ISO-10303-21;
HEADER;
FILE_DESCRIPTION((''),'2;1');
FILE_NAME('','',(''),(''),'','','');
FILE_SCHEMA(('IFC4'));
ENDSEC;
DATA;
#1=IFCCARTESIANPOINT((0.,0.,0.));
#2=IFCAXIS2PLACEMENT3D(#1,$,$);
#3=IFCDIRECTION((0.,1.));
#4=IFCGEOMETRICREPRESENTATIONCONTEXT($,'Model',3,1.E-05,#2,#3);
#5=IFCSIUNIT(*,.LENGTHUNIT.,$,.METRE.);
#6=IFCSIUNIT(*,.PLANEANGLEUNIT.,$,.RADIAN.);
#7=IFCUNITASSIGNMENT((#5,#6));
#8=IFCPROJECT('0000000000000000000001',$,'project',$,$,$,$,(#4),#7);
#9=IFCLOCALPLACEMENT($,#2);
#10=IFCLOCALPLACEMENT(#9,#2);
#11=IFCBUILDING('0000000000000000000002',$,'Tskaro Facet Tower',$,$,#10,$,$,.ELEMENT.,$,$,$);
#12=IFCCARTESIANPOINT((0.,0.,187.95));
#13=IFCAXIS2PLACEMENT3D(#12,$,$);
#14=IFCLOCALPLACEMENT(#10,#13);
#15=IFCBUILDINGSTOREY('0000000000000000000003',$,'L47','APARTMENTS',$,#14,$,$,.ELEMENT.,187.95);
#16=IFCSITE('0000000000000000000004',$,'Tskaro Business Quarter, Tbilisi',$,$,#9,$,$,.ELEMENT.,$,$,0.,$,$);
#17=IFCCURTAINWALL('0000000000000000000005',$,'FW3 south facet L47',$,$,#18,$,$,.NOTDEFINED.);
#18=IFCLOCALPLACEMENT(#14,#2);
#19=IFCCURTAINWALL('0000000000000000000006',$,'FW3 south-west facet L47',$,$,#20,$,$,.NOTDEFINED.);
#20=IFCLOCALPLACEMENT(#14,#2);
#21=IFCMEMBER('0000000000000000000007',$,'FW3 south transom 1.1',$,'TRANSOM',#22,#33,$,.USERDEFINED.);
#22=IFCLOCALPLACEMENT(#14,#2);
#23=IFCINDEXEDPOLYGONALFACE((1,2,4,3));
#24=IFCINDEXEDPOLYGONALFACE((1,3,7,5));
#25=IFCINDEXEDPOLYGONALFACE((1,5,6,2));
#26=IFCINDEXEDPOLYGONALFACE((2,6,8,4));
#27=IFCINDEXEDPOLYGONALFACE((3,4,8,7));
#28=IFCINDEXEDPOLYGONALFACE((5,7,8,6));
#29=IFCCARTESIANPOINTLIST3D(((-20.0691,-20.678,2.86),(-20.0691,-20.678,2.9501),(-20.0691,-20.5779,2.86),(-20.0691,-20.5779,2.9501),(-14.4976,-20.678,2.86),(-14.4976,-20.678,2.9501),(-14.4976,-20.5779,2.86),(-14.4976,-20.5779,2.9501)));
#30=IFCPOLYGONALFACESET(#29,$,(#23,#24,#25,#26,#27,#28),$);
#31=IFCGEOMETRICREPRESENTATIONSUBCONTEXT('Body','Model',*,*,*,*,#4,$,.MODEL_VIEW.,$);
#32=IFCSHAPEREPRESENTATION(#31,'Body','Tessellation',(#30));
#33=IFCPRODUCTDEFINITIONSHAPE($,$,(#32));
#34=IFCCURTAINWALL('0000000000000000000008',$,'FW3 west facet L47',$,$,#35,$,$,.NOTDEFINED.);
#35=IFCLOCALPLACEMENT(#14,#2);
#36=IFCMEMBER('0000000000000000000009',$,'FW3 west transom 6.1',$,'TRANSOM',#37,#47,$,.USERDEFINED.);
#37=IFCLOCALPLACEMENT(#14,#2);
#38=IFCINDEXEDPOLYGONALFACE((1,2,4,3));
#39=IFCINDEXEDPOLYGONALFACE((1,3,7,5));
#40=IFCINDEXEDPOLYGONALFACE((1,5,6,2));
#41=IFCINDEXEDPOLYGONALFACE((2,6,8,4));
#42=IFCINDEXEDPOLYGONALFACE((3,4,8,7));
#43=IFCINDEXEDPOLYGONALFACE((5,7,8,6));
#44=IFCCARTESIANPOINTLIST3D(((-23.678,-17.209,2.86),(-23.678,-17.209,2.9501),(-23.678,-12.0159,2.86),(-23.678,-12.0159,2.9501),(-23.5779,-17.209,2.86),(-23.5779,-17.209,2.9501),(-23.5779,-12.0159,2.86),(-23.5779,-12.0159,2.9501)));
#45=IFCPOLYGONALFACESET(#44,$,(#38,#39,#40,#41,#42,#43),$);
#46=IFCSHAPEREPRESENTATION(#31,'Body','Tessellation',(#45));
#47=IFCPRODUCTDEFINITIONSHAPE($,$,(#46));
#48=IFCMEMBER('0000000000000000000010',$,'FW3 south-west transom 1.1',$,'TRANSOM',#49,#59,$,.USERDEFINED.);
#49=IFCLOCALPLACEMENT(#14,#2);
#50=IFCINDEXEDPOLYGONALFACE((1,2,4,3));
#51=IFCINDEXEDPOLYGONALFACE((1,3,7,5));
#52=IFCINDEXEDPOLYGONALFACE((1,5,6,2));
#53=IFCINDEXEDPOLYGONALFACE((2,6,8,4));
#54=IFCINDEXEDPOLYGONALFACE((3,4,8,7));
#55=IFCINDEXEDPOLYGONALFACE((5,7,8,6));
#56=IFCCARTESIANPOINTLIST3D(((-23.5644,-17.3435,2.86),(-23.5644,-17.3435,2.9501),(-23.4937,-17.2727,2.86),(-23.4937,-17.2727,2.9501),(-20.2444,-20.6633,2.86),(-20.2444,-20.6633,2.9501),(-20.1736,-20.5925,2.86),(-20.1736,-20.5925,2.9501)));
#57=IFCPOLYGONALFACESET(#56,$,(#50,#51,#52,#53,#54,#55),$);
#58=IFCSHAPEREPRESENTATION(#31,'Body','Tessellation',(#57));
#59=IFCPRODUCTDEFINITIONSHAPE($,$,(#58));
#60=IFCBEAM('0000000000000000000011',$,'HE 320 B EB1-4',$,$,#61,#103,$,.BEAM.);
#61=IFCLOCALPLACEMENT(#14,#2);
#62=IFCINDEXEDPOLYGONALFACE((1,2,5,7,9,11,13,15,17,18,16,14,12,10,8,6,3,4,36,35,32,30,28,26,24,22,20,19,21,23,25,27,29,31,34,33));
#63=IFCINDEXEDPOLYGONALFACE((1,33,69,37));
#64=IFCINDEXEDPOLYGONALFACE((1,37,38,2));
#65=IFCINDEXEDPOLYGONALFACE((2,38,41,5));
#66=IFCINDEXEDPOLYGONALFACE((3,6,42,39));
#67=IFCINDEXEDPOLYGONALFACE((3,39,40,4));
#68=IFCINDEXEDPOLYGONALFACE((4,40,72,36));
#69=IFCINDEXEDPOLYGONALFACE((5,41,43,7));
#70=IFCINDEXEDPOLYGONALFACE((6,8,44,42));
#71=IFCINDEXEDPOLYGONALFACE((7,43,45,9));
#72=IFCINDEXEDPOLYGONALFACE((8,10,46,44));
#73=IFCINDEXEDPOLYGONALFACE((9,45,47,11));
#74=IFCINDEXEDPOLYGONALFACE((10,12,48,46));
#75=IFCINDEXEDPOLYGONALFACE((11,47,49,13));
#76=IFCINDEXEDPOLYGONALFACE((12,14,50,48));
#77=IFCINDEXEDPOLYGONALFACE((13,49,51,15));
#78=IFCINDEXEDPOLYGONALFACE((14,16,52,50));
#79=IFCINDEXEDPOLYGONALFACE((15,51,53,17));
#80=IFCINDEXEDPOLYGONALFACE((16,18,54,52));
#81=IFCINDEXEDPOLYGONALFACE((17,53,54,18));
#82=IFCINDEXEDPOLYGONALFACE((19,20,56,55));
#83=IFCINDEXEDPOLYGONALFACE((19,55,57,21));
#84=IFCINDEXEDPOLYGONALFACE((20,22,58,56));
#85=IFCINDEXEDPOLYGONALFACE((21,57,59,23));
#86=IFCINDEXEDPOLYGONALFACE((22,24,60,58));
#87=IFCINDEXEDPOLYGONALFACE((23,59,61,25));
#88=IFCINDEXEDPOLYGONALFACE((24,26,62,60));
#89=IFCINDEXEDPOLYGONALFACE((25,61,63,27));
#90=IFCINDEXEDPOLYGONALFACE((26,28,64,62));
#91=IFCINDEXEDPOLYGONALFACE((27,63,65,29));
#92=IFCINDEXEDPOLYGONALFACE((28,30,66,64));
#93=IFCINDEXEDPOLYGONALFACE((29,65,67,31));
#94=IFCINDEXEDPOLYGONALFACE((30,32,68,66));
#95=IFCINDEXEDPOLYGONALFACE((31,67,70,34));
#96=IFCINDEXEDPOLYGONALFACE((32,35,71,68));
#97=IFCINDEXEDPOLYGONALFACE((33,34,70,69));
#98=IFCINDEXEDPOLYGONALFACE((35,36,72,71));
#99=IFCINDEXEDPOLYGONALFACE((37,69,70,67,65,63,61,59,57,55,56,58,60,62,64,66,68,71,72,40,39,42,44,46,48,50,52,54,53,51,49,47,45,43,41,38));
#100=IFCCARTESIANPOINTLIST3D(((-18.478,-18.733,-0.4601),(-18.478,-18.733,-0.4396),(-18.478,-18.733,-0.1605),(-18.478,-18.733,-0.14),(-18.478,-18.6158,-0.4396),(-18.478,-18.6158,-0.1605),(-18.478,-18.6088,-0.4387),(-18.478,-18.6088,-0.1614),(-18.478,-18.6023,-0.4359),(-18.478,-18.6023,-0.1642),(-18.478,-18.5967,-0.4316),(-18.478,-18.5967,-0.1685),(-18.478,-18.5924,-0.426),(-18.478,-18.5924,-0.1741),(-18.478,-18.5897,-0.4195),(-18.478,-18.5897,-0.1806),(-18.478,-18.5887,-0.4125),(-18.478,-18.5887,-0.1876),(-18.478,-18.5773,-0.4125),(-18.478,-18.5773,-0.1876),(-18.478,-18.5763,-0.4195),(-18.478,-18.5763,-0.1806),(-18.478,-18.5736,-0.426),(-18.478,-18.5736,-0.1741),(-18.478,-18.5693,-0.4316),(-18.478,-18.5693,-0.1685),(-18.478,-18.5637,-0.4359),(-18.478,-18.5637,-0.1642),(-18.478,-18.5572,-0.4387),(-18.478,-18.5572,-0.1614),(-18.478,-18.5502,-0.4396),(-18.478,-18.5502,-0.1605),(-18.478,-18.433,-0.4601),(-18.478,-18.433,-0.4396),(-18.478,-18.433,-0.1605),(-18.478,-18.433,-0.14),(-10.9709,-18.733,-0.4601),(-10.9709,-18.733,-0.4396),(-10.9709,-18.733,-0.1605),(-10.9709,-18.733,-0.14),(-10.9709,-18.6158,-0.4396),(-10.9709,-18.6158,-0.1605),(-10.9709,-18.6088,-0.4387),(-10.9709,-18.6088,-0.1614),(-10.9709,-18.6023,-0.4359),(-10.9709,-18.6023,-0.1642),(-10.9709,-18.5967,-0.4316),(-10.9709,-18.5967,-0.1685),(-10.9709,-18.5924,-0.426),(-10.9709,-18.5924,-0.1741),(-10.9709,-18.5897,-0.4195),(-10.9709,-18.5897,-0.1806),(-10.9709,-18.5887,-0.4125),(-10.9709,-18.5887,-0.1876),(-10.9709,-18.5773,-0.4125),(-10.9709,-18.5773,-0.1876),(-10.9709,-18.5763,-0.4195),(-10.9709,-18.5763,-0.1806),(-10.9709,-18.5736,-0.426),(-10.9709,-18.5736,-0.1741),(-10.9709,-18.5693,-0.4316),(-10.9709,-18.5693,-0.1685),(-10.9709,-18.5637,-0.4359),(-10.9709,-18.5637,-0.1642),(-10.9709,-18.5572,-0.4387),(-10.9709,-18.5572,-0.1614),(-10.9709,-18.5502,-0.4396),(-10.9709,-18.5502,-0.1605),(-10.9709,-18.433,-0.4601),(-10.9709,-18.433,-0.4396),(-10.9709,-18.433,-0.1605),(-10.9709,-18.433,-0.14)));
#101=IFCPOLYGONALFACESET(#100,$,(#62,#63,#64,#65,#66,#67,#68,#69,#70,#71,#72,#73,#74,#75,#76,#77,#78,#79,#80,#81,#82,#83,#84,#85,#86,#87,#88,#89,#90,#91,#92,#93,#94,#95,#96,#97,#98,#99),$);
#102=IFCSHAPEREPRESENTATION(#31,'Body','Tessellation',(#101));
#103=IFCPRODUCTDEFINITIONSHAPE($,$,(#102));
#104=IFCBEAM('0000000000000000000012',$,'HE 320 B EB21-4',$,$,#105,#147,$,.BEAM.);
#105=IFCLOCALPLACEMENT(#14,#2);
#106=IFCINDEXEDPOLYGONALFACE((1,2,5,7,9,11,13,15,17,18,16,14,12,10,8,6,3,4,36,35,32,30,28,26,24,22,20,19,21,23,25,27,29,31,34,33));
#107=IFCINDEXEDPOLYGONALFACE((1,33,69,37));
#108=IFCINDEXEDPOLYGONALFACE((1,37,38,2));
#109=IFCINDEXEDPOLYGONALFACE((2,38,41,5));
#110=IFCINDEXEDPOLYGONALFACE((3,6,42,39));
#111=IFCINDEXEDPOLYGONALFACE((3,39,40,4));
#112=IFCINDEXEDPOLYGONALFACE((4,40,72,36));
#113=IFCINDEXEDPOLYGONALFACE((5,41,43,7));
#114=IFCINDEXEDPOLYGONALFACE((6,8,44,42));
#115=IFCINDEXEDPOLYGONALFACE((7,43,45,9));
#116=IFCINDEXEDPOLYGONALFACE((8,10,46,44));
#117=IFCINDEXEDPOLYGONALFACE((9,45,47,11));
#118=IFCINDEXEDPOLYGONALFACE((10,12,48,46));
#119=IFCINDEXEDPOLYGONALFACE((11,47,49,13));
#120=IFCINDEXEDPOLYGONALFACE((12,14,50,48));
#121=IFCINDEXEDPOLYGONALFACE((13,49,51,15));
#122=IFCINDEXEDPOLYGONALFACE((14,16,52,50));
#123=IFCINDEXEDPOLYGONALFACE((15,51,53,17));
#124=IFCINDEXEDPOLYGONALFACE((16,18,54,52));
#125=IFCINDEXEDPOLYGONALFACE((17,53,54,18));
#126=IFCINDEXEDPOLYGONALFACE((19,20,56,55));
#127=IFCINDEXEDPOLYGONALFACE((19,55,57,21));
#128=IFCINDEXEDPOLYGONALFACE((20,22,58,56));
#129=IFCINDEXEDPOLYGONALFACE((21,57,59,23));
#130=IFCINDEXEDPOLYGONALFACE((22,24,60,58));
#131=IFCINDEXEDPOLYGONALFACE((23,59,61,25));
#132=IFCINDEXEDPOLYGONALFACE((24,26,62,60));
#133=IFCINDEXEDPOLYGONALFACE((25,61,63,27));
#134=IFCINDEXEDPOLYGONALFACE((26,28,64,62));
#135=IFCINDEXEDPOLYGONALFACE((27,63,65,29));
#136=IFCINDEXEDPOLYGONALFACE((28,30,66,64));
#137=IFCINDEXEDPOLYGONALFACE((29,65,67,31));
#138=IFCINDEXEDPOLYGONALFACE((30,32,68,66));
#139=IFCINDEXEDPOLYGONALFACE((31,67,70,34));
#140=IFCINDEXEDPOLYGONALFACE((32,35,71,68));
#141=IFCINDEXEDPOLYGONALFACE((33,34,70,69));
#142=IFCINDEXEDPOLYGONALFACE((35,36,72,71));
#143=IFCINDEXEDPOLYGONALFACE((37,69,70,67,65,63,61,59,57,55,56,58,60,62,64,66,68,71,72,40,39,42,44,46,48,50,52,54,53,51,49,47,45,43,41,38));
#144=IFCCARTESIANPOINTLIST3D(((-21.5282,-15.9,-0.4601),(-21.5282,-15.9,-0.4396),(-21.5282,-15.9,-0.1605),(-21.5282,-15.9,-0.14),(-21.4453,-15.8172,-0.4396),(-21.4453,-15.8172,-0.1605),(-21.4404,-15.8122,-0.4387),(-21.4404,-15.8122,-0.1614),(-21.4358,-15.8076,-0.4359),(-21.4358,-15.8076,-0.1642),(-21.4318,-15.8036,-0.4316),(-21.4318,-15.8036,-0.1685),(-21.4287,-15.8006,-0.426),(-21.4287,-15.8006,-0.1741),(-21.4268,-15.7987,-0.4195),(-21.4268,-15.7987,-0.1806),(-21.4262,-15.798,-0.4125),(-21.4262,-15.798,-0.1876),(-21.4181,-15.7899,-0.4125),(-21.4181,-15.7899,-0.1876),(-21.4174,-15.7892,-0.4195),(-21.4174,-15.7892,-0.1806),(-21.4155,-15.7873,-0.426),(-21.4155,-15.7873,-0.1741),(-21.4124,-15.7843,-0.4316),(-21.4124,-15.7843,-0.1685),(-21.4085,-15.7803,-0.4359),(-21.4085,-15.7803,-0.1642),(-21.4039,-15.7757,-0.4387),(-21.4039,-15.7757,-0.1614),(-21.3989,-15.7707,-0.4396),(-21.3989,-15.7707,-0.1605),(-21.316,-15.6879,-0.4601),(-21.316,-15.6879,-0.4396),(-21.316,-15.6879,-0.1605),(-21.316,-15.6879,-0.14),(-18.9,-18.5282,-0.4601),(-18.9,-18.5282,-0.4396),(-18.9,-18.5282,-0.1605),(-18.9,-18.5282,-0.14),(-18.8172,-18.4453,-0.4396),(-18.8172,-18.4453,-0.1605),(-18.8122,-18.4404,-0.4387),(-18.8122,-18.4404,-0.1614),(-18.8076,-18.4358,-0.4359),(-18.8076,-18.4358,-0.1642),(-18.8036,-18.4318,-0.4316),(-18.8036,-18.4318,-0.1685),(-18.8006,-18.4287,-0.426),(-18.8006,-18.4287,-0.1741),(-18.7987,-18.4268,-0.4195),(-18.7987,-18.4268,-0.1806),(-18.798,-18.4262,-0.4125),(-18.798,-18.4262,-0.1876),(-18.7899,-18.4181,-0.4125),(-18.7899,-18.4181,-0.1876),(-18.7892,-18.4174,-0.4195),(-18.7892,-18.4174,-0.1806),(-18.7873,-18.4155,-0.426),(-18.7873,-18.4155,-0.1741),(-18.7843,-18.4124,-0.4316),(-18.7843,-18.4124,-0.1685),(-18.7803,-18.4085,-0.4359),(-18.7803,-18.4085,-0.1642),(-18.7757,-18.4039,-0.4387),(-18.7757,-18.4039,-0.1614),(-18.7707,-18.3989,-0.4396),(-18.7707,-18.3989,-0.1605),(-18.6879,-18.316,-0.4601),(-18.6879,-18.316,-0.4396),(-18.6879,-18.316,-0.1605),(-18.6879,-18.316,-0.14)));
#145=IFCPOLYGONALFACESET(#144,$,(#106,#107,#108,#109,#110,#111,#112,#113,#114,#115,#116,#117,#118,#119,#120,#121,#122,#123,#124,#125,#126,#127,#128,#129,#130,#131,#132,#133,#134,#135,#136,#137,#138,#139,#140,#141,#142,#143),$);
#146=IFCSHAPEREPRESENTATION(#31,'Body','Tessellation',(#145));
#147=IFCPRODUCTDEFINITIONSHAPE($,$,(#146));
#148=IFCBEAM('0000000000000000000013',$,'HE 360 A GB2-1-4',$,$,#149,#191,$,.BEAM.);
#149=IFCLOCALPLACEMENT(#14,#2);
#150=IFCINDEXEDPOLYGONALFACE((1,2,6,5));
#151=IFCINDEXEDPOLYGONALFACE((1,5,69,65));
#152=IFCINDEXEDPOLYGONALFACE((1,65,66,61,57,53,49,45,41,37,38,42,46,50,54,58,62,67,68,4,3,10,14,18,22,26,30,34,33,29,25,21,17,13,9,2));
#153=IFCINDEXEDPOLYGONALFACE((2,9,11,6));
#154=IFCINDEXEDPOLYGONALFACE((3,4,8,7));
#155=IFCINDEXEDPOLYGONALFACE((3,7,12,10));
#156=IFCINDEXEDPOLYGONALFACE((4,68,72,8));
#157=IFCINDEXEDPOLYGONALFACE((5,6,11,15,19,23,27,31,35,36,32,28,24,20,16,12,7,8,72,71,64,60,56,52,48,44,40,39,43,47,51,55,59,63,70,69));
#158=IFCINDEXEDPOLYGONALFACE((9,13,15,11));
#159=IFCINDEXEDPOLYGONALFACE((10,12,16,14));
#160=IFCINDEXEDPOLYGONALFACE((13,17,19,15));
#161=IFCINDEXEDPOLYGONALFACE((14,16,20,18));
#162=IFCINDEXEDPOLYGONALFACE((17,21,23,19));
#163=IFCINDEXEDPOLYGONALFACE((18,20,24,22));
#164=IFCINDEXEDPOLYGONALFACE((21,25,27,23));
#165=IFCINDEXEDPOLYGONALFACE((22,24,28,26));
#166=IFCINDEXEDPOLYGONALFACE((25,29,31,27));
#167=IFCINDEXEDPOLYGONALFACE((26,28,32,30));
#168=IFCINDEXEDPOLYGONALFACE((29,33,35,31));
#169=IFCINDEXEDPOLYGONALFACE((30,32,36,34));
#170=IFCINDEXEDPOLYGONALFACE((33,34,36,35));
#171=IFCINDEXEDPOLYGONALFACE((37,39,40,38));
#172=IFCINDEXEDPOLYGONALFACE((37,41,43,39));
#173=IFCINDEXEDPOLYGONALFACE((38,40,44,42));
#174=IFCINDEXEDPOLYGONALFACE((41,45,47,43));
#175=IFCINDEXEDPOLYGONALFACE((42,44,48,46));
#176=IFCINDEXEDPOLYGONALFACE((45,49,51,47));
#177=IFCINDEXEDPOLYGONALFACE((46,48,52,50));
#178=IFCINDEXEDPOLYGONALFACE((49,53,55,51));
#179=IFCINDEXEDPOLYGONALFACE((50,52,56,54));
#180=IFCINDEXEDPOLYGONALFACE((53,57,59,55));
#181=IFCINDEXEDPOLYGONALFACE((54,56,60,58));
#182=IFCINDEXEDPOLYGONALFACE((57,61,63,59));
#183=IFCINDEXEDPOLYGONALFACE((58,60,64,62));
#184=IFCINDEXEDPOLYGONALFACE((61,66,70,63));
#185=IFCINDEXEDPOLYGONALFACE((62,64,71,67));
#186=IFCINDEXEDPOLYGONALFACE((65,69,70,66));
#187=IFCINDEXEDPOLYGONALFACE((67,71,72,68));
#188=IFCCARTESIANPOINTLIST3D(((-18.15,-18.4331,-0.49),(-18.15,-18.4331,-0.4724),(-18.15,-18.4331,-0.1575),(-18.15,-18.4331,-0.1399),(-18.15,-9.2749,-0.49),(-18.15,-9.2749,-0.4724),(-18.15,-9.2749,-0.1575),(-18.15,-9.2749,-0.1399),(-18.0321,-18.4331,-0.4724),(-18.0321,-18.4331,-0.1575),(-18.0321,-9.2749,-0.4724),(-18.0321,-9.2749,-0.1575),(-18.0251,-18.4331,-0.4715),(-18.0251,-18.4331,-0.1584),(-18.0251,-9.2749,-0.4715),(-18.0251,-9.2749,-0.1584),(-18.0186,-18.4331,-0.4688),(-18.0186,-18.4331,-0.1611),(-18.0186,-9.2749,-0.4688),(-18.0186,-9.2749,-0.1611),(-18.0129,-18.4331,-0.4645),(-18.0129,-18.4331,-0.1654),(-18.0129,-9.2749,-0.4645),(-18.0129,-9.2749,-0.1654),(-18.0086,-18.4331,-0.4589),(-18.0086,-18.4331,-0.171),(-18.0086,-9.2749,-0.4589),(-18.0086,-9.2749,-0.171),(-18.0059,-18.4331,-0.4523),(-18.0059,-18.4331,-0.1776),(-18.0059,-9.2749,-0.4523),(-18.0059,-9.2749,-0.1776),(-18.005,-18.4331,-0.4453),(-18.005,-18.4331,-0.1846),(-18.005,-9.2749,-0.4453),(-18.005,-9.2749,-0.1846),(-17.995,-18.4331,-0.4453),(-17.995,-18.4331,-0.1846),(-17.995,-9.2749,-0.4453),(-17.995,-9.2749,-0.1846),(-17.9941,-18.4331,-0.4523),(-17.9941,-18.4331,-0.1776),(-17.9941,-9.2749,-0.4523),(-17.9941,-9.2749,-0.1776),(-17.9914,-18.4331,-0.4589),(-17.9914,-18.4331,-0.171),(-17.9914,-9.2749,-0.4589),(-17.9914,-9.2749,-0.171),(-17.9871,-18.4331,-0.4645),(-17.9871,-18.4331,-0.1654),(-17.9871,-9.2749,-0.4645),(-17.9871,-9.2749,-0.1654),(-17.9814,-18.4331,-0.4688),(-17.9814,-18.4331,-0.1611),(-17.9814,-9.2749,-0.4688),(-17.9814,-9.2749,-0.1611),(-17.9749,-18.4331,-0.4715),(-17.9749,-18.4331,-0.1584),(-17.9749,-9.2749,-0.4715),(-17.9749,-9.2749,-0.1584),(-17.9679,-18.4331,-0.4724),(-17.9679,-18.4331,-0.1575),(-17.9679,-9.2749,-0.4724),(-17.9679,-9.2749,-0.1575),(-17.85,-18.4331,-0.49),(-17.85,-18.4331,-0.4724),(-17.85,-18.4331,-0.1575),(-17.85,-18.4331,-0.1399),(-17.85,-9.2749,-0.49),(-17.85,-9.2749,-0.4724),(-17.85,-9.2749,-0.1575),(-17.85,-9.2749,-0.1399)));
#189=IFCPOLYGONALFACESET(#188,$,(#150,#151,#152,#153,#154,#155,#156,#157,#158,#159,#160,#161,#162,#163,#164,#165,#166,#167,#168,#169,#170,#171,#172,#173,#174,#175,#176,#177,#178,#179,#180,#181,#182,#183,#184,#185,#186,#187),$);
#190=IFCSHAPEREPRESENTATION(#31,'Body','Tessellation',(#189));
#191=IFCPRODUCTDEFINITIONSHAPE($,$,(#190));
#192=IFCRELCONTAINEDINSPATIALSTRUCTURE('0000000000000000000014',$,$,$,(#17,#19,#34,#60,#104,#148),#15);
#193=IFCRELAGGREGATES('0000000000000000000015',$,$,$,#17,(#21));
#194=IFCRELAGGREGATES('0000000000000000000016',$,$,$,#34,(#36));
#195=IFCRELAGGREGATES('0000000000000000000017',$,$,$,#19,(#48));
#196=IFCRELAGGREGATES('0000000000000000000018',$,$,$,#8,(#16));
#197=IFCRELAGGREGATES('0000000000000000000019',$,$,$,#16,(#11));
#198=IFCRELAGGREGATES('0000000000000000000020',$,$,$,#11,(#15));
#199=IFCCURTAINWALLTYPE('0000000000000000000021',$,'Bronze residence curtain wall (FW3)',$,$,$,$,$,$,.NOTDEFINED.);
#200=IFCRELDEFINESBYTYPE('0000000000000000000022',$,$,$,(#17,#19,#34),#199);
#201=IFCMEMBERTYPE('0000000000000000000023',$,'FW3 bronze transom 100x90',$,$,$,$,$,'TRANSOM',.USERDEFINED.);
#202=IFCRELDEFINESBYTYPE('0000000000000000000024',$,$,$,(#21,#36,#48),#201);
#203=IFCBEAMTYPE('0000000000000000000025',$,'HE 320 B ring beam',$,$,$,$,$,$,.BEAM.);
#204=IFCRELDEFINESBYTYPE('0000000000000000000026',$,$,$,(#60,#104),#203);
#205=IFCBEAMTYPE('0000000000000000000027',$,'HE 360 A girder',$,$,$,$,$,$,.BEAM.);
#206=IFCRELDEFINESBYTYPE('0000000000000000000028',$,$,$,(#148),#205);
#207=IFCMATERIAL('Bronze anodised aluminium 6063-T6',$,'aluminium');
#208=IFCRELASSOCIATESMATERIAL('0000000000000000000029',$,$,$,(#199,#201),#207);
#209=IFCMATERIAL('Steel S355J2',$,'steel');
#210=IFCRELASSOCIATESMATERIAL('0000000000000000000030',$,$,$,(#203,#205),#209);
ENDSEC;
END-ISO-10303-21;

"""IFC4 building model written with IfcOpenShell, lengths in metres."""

from ifc_helpers import new_model, si_unit, direction, frame, origin, origin_2d, place, context, subcontext, project, spatial, rectangle, i_section, extrude, material, material_profile, profile_set, type_object, element, aggregate, save


model = new_model("IFC4")

# Units and contexts
model_context = context("Model", 3, precision=1e-05, world=origin(), true_north=direction((0.0, 1.0)))
body_context = subcontext(model_context, "Body", "Model", "MODEL_VIEW")
ifc_project = project(units=[si_unit("LENGTHUNIT", "METRE"), si_unit("PLANEANGLEUNIT", "RADIAN")], contexts=[model_context])

# Site, building, storey
site_placement = place(None, origin())
site = spatial("IfcSite", under=ifc_project, at=site_placement, Name="Tskaro Business Quarter, Tbilisi", CompositionType="ELEMENT", RefElevation=0.0)
building_placement = place(site_placement, origin())
building = spatial("IfcBuilding", under=site, at=building_placement, Name="Tskaro Facet Tower", CompositionType="ELEMENT")
storey_placement = place(building_placement, frame((0.0, 0.0, 187.95)))
storey = spatial("IfcBuildingStorey", under=building, at=storey_placement, Name="L47", Description="APARTMENTS", CompositionType="ELEMENT", Elevation=187.95)

# Curtain walls
ifc_material_1 = material(Name="Bronze anodised aluminium 6063-T6", Category="aluminium")
curtain_wall_type = type_object("IfcCurtainWallType", Name="Bronze residence curtain wall (FW3)", PredefinedType="NOTDEFINED", material=ifc_material_1)
curtain_wall_1_placement = place(storey_placement, origin())
curtain_wall_1 = element("IfcCurtainWall", 1, at=curtain_wall_1_placement, inside=storey, type_object=curtain_wall_type, Name="FW3 south facet L47", PredefinedType="NOTDEFINED")
curtain_wall_2_placement = place(storey_placement, origin())
curtain_wall_2 = element("IfcCurtainWall", 2, at=curtain_wall_2_placement, inside=storey, type_object=curtain_wall_type, Name="FW3 south-west facet L47", PredefinedType="NOTDEFINED")

# Member
ifc_material_profile_1 = material_profile(ifc_material_1, rectangle(XDim=0.1001, YDim=0.0901, at=origin_2d()), Name="Transom 100x90")
ifc_profile_set_1 = profile_set([ifc_material_profile_1], Name="Bronze anodised aluminium 6063-T6")
member_type_1 = type_object("IfcMemberType", Name="FW3 bronze transom 100x90", ElementType="TRANSOM", PredefinedType="USERDEFINED", material=ifc_profile_set_1)
member_1_placement = place(storey_placement, frame((-20.0691, -20.6279, 2.905), z_axis=(1.0, 0.0, 0.0), x_axis=(0.0, 1.0, 0.0)))
member_1 = element("IfcMember", 3, at=member_1_placement, type_object=member_type_1, Name="FW3 south transom 1.1", ObjectType="TRANSOM", PredefinedType="USERDEFINED", context=body_context, shape_type="SweptSolid", body=[
    extrude(rectangle(XDim=0.1001, YDim=0.0901, at=origin_2d()), origin(), (0.0, 0.0, 1.0), 5.5715),
])
aggregate(curtain_wall_1, [member_1])

# Curtain wall, member
curtain_wall_3_placement = place(storey_placement, origin())
curtain_wall_3 = element("IfcCurtainWall", 4, at=curtain_wall_3_placement, inside=storey, type_object=curtain_wall_type, Name="FW3 west facet L47", PredefinedType="NOTDEFINED")
member_2_placement = place(storey_placement, frame((-23.6279, -12.0159, 2.905), z_axis=(0.0, -1.0, 0.0), x_axis=(1.0, 0.0, 0.0)))
member_2 = element("IfcMember", 5, at=member_2_placement, type_object=member_type_1, Name="FW3 west transom 6.1", ObjectType="TRANSOM", PredefinedType="USERDEFINED", context=body_context, shape_type="SweptSolid", body=[
    extrude(rectangle(XDim=0.1001, YDim=0.0901, at=origin_2d()), origin(), (0.0, 0.0, 1.0), 5.1931),
])

# Member
member_3_placement = place(storey_placement, frame((-23.5291, -17.3081, 2.905), z_axis=(0.707133, -0.707081, 0.0), x_axis=(0.707081, 0.707133, 0.0)))
member_3 = element("IfcMember", 6, at=member_3_placement, type_object=member_type_1, Name="FW3 south-west transom 1.1", ObjectType="TRANSOM", PredefinedType="USERDEFINED", context=body_context, shape_type="SweptSolid", body=[
    extrude(rectangle(XDim=0.1001, YDim=0.0901, at=origin_2d()), origin(), (0.0, 0.0, 1.0), 4.6951),
])

# Beams
ifc_material_2 = material(Name="Steel S355J2", Category="steel")
ifc_material_profile_2 = material_profile(ifc_material_2, i_section(OverallWidth=0.3, OverallDepth=0.3201, WebThickness=0.0115, FlangeThickness=0.0205, FilletRadius=0.0271, at=origin_2d()), Name="HE 320 B")
ifc_profile_set_2 = profile_set([ifc_material_profile_2], Name="Steel S355J2")
beam_type_1 = type_object("IfcBeamType", Name="HE 320 B ring beam", PredefinedType="BEAM", material=ifc_profile_set_2)
beam_1_placement = place(storey_placement, frame((-18.478, -18.583, -0.3), z_axis=(1.0, 0.0, 0.0), x_axis=(0.0, 1.0, 0.0)))
element("IfcBeam", 7, at=beam_1_placement, inside=storey, type_object=beam_type_1, Name="HE 320 B EB1-4", PredefinedType="BEAM", context=body_context, shape_type="SweptSolid", body=[
    extrude(i_section(OverallWidth=0.3, OverallDepth=0.3201, WebThickness=0.0115, FlangeThickness=0.0205, FilletRadius=0.0271, at=origin_2d()), origin(), (0.0, 0.0, 1.0), 7.5071),
])
beam_2_placement = place(storey_placement, frame((-21.4221, -15.7939, -0.3), z_axis=(0.707107, -0.707107, 0.0), x_axis=(0.707107, 0.707107, 0.0)))
element("IfcBeam", 8, at=beam_2_placement, inside=storey, type_object=beam_type_1, Name="HE 320 B EB21-4", PredefinedType="BEAM", context=body_context, shape_type="SweptSolid", body=[
    extrude(i_section(OverallWidth=0.3, OverallDepth=0.3201, WebThickness=0.0115, FlangeThickness=0.0205, FilletRadius=0.0271, at=origin_2d()), origin(), (0.0, 0.0, 1.0), 3.7168),
])
ifc_material_profile_3 = material_profile(ifc_material_2, i_section(OverallWidth=0.3, OverallDepth=0.3501, WebThickness=0.01, FlangeThickness=0.0176, FilletRadius=0.0271, at=origin_2d()), Name="HE 360 A")
ifc_profile_set_3 = profile_set([ifc_material_profile_3], Name="Steel S355J2")
beam_type_2 = type_object("IfcBeamType", Name="HE 360 A girder", PredefinedType="BEAM", material=ifc_profile_set_3)
beam_3_placement = place(storey_placement, frame((-18.0, -18.4331, -0.3149), z_axis=(0.0, 1.0, 0.0), x_axis=(-1.0, 0.0, 0.0)))
element("IfcBeam", 9, at=beam_3_placement, inside=storey, type_object=beam_type_2, Name="HE 360 A GB2-1-4", PredefinedType="BEAM", context=body_context, shape_type="SweptSolid", body=[
    extrude(i_section(OverallWidth=0.3, OverallDepth=0.3501, WebThickness=0.01, FlangeThickness=0.0176, FilletRadius=0.0271, at=origin_2d()), origin(), (0.0, 0.0, 1.0), 9.1582),
])

aggregate(curtain_wall_3, [member_2])
aggregate(curtain_wall_2, [member_3])

save(model, "model.ifc")
